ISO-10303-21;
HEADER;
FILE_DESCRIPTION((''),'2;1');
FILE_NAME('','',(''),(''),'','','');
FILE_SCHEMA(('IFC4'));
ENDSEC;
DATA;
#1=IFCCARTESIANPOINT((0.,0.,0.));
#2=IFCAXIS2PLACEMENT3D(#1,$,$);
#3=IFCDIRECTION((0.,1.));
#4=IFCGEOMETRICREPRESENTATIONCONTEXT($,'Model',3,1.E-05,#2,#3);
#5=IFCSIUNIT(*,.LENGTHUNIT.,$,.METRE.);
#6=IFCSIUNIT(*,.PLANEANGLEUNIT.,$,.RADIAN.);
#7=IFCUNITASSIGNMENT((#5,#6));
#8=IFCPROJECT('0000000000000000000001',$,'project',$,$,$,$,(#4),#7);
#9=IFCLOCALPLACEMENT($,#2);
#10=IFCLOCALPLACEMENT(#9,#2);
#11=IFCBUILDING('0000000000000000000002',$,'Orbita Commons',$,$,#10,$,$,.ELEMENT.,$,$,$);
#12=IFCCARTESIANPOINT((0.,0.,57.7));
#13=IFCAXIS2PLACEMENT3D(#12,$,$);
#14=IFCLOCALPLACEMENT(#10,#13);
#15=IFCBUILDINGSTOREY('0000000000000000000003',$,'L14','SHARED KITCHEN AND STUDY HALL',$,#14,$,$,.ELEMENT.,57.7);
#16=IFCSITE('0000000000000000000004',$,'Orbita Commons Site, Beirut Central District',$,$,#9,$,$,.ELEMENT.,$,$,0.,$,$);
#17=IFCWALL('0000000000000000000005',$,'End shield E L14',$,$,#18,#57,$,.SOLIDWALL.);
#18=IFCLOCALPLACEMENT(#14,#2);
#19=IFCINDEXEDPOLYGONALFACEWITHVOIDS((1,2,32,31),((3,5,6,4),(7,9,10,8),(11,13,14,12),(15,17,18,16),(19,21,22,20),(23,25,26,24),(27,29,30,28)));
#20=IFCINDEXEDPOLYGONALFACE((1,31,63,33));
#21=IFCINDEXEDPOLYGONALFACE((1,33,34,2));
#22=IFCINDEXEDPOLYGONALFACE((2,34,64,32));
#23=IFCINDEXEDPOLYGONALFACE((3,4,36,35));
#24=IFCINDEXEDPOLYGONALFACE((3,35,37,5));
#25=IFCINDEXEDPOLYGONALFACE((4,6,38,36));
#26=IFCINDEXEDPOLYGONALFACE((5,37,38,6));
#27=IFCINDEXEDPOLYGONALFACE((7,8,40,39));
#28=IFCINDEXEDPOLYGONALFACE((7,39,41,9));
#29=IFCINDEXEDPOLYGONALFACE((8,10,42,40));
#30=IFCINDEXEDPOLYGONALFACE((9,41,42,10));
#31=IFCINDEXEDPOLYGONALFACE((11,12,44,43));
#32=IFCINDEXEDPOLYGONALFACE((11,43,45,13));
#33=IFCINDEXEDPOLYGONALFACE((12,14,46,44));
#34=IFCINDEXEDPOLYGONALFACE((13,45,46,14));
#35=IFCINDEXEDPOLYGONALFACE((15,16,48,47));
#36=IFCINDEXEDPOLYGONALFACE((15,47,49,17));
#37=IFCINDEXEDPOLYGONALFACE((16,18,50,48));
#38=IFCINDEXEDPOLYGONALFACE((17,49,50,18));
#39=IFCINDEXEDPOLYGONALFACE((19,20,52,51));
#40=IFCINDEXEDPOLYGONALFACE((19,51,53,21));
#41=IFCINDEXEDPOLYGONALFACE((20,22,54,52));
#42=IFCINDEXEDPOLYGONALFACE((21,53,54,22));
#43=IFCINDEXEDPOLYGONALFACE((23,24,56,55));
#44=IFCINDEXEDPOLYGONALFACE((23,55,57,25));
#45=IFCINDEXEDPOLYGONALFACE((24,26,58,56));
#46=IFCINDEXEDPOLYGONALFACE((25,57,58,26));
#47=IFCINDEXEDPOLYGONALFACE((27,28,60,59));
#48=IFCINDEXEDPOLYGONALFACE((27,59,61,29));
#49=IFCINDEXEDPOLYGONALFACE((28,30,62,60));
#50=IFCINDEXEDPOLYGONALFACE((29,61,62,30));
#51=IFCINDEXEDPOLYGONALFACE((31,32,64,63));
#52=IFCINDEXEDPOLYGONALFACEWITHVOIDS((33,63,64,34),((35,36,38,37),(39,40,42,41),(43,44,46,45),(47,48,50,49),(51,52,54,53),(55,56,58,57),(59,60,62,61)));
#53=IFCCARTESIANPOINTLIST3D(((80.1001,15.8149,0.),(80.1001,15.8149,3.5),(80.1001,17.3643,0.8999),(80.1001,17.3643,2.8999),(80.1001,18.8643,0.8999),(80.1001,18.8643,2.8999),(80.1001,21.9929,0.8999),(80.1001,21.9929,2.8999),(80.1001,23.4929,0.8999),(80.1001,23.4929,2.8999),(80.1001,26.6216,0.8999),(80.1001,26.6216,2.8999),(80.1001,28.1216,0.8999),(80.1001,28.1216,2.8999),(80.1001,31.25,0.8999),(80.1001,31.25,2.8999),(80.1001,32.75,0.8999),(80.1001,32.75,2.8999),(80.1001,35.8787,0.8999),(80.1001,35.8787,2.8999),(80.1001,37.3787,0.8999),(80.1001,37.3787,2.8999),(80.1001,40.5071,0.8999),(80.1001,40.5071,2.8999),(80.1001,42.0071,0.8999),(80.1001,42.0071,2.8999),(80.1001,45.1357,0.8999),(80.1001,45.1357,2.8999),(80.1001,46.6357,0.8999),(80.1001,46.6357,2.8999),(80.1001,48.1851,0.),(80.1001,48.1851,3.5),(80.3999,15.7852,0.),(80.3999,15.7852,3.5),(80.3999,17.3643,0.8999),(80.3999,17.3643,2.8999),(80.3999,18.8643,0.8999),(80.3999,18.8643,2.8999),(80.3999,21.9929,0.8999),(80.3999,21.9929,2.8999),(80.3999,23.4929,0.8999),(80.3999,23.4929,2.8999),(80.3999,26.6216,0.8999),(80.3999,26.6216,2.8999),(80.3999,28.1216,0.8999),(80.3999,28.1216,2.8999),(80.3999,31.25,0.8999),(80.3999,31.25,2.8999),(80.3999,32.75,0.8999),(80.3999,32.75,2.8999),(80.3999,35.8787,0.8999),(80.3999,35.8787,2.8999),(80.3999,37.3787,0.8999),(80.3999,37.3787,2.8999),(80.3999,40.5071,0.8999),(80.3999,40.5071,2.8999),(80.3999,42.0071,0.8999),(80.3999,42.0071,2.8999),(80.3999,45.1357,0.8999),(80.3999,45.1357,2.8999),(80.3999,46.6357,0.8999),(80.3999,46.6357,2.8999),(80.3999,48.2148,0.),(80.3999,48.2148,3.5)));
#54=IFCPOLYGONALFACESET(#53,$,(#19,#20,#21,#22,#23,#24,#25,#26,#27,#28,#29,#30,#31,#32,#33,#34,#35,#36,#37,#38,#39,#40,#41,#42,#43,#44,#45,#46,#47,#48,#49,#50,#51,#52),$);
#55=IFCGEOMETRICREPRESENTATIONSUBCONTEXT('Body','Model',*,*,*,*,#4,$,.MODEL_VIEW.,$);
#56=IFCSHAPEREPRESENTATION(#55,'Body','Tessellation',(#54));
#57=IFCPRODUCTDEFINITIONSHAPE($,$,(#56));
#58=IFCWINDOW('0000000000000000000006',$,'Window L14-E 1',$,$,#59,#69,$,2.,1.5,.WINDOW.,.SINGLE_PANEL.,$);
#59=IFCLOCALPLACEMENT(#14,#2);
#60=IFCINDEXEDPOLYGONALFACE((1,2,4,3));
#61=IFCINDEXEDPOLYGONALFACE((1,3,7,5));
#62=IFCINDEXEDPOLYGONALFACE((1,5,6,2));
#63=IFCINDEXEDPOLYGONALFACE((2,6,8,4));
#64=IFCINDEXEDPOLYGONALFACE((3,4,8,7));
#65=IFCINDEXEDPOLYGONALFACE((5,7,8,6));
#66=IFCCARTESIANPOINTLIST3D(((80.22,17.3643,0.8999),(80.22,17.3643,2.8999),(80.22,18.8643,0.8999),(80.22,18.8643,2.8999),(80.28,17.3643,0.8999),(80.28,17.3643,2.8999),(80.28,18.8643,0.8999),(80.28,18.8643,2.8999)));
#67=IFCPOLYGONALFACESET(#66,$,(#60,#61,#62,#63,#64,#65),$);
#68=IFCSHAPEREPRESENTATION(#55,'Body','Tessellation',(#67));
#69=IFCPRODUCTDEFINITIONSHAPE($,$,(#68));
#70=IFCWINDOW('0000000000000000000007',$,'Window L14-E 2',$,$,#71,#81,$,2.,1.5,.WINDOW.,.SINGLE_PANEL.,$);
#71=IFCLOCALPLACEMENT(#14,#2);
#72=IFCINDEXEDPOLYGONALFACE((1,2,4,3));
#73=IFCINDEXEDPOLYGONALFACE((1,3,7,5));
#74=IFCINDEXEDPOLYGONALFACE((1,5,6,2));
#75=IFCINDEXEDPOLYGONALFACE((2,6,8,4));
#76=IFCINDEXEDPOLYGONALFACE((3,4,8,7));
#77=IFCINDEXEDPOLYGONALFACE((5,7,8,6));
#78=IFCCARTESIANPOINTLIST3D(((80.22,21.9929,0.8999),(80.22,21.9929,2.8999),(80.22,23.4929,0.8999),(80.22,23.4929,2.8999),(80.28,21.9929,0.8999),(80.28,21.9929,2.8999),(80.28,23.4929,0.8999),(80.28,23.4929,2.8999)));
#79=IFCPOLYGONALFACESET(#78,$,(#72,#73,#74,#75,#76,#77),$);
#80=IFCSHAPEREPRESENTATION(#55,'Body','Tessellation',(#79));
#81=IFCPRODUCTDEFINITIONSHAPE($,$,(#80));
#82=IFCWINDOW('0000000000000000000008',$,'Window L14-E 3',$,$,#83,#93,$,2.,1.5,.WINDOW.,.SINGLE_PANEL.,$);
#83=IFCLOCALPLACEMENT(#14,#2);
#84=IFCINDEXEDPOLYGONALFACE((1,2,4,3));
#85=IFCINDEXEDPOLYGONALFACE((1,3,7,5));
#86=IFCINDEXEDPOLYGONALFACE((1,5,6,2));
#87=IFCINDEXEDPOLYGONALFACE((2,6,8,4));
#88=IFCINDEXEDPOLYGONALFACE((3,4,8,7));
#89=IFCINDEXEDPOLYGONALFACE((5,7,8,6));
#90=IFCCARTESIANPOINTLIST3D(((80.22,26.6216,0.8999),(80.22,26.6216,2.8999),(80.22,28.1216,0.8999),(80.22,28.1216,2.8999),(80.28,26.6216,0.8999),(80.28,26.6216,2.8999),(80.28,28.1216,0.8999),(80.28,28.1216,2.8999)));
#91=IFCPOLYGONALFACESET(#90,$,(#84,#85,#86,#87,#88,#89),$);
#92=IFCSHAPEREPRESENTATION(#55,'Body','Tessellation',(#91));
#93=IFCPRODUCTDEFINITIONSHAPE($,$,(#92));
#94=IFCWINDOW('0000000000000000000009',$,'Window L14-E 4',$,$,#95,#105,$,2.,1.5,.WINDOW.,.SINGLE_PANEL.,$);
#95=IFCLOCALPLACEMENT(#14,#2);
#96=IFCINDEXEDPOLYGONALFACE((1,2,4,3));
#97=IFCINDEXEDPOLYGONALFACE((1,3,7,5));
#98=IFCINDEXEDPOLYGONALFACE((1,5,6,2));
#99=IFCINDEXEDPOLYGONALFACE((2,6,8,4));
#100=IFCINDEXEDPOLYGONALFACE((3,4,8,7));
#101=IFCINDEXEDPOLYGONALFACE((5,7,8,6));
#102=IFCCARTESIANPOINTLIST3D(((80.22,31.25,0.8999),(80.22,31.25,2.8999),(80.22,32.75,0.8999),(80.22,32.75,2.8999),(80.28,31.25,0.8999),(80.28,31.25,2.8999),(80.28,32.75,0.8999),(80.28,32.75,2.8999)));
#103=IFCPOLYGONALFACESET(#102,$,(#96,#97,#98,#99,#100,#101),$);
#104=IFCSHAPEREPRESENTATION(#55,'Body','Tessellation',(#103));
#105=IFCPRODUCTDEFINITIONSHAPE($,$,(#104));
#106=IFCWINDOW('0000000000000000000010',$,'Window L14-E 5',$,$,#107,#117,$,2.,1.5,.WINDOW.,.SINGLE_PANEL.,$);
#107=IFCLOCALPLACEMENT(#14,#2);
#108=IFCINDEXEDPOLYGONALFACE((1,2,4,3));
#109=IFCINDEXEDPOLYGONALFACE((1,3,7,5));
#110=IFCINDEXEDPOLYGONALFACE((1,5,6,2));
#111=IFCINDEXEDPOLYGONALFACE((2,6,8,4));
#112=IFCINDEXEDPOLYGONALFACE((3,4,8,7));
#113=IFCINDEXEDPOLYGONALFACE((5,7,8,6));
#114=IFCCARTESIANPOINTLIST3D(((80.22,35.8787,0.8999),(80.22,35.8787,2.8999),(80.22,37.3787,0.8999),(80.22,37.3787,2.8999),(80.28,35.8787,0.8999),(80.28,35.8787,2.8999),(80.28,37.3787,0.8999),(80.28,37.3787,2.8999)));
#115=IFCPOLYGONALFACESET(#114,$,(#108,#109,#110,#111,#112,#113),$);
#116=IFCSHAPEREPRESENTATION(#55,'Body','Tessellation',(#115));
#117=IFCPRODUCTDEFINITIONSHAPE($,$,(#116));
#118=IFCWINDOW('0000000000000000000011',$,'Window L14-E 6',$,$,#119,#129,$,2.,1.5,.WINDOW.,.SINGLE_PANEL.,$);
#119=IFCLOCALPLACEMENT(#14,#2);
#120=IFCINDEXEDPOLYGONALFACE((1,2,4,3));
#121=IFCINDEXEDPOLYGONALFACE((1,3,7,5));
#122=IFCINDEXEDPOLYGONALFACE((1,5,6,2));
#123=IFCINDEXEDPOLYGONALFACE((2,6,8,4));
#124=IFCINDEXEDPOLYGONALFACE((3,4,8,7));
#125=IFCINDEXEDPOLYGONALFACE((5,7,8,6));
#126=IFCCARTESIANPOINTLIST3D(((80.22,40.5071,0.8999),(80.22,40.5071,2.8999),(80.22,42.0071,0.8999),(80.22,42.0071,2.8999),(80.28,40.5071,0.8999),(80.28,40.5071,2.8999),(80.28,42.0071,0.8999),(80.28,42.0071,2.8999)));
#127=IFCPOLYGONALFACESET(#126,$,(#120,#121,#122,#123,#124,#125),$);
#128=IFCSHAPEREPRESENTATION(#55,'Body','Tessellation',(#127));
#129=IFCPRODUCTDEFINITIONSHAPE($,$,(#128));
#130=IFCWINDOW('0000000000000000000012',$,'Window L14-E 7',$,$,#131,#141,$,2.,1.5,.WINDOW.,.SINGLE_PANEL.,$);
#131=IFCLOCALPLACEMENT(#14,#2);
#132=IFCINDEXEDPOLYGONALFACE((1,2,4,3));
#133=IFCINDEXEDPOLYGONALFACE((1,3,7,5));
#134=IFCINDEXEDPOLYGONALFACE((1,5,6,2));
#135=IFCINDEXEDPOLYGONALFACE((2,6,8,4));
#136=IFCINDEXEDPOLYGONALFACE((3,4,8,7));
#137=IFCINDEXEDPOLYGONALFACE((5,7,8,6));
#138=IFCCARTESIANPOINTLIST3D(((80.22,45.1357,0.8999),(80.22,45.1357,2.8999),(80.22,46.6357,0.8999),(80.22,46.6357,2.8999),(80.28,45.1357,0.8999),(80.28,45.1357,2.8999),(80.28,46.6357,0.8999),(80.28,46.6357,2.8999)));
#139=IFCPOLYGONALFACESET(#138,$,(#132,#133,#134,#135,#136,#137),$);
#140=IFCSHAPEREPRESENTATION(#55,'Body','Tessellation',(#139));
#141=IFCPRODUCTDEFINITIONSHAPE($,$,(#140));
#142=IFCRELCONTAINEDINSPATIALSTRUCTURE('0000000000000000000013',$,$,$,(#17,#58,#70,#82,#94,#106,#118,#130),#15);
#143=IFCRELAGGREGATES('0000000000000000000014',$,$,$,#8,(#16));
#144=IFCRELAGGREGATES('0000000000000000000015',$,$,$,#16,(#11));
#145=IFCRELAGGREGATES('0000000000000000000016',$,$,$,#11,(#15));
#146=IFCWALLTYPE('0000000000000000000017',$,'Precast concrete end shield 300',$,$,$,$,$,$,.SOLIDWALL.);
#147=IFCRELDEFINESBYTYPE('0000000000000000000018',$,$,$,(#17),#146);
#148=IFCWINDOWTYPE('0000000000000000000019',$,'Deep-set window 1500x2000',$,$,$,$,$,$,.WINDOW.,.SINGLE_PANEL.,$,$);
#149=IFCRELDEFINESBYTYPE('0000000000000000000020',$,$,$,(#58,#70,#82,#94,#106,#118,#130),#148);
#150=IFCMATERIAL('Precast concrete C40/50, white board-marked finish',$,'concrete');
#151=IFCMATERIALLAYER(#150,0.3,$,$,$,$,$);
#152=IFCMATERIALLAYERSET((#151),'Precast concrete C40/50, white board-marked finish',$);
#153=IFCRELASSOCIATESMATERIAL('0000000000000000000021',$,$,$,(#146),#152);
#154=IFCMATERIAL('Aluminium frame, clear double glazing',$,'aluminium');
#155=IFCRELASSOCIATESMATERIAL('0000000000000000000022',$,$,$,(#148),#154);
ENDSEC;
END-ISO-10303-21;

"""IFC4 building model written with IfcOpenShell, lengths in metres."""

from ifc_helpers import new_model, si_unit, direction, frame, frame_2d, origin, place, context, subcontext, project, spatial, polyline, rectangle, outline, extrude, material, layer, layer_set, type_object, element, fill, save


model = new_model("IFC4")

# Units and contexts
model_context = context("Model", 3, precision=1e-05, world=origin(), true_north=direction((0.0, 1.0)))
body_context = subcontext(model_context, "Body", "Model", "MODEL_VIEW")
ifc_project = project(units=[si_unit("LENGTHUNIT", "METRE"), si_unit("PLANEANGLEUNIT", "RADIAN")], contexts=[model_context])

# Site, building, storey
site_placement = place(None, origin())
site = spatial("IfcSite", under=ifc_project, at=site_placement, Name="Orbita Commons Site, Beirut Central District", CompositionType="ELEMENT", RefElevation=0.0)
building_placement = place(site_placement, origin())
building = spatial("IfcBuilding", under=site, at=building_placement, Name="Orbita Commons", CompositionType="ELEMENT")
storey_placement = place(building_placement, frame((0.0, 0.0, 57.7)))
storey = spatial("IfcBuildingStorey", under=building, at=storey_placement, Name="L14", Description="SHARED KITCHEN AND STUDY HALL", CompositionType="ELEMENT", Elevation=57.7)

# Wall, openings, windows
ifc_material_1 = material(Name="Precast concrete C40/50, white board-marked finish", Category="concrete")
ifc_layer_1 = layer(ifc_material_1, 0.3)
ifc_layer_set_1 = layer_set([ifc_layer_1], Name="Precast concrete C40/50, white board-marked finish")
wall_type_1 = type_object("IfcWallType", Name="Precast concrete end shield 300", PredefinedType="SOLIDWALL", material=ifc_layer_set_1)
wall_1_placement = place(storey_placement, frame((80.25, 15.8, 0.0), z_axis=(0.0, 0.0, 1.0), x_axis=(0.0, 1.0, 0.0)))
wall_1 = element("IfcWall", 1, at=wall_1_placement, inside=storey, type_object=wall_type_1, Name="End shield E L14", PredefinedType="SOLIDWALL", context=body_context, shape_type="SweptSolid", body=[
    extrude(outline(polyline([(-0.0149, -0.1499), (32.4148, -0.1499), (32.385, 0.1499), (0.0149, 0.1499), (-0.0149, -0.1499)])), origin(), (0.0, 0.0, 1.0), 3.5),
])
opening_1_placement = place(wall_1_placement, frame((1.5642, 0.0, 0.8999)))
opening_1 = element("IfcOpeningElement", 2, at=opening_1_placement, cuts=wall_1, PredefinedType="OPENING", context=body_context, shape_type="SweptSolid", body=[
    extrude(rectangle(XDim=1.5, YDim=2.0, at=frame_2d((0.75, 1.0))), frame((0.0, 0.1599, 0.0), z_axis=(0.0, -1.0, 0.0), x_axis=(1.0, 0.0, 0.0)), (0.0, 0.0, 1.0), 0.3201),
])
opening_2_placement = place(wall_1_placement, frame((6.1929, 0.0, 0.8999)))
opening_2 = element("IfcOpeningElement", 3, at=opening_2_placement, cuts=wall_1, PredefinedType="OPENING", context=body_context, shape_type="SweptSolid", body=[
    extrude(rectangle(XDim=1.5, YDim=2.0, at=frame_2d((0.75, 1.0))), frame((0.0, 0.1599, 0.0), z_axis=(0.0, -1.0, 0.0), x_axis=(1.0, 0.0, 0.0)), (0.0, 0.0, 1.0), 0.3201),
])
opening_3_placement = place(wall_1_placement, frame((10.8215, 0.0, 0.8999)))
opening_3 = element("IfcOpeningElement", 4, at=opening_3_placement, cuts=wall_1, PredefinedType="OPENING", context=body_context, shape_type="SweptSolid", body=[
    extrude(rectangle(XDim=1.5, YDim=2.0, at=frame_2d((0.75, 1.0))), frame((0.0, 0.1599, 0.0), z_axis=(0.0, -1.0, 0.0), x_axis=(1.0, 0.0, 0.0)), (0.0, 0.0, 1.0), 0.3201),
])
opening_4_placement = place(wall_1_placement, frame((15.45, 0.0, 0.8999)))
opening_4 = element("IfcOpeningElement", 5, at=opening_4_placement, cuts=wall_1, PredefinedType="OPENING", context=body_context, shape_type="SweptSolid", body=[
    extrude(rectangle(XDim=1.5, YDim=2.0, at=frame_2d((0.75, 1.0))), frame((0.0, 0.1599, 0.0), z_axis=(0.0, -1.0, 0.0), x_axis=(1.0, 0.0, 0.0)), (0.0, 0.0, 1.0), 0.3201),
])
opening_5_placement = place(wall_1_placement, frame((20.0786, 0.0, 0.8999)))
opening_5 = element("IfcOpeningElement", 6, at=opening_5_placement, cuts=wall_1, PredefinedType="OPENING", context=body_context, shape_type="SweptSolid", body=[
    extrude(rectangle(XDim=1.5, YDim=2.0, at=frame_2d((0.75, 1.0))), frame((0.0, 0.1599, 0.0), z_axis=(0.0, -1.0, 0.0), x_axis=(1.0, 0.0, 0.0)), (0.0, 0.0, 1.0), 0.3201),
])
opening_6_placement = place(wall_1_placement, frame((24.707, 0.0, 0.8999)))
opening_6 = element("IfcOpeningElement", 7, at=opening_6_placement, cuts=wall_1, PredefinedType="OPENING", context=body_context, shape_type="SweptSolid", body=[
    extrude(rectangle(XDim=1.5, YDim=2.0, at=frame_2d((0.75, 1.0))), frame((0.0, 0.1599, 0.0), z_axis=(0.0, -1.0, 0.0), x_axis=(1.0, 0.0, 0.0)), (0.0, 0.0, 1.0), 0.3201),
])
opening_7_placement = place(wall_1_placement, frame((29.3357, 0.0, 0.8999)))
opening_7 = element("IfcOpeningElement", 8, at=opening_7_placement, cuts=wall_1, PredefinedType="OPENING", context=body_context, shape_type="SweptSolid", body=[
    extrude(rectangle(XDim=1.5, YDim=2.0, at=frame_2d((0.75, 1.0))), frame((0.0, 0.1599, 0.0), z_axis=(0.0, -1.0, 0.0), x_axis=(1.0, 0.0, 0.0)), (0.0, 0.0, 1.0), 0.3201),
])
ifc_material_2 = material(Name="Aluminium frame, clear double glazing", Category="aluminium")
window_type = type_object("IfcWindowType", Name="Deep-set window 1500x2000", PartitioningType="SINGLE_PANEL", PredefinedType="WINDOW", material=ifc_material_2)
window_1_placement = place(opening_1_placement, origin())
window_1 = element("IfcWindow", 9, at=window_1_placement, inside=storey, type_object=window_type, Name="Window L14-E 1", OverallHeight=2.0, OverallWidth=1.5, PartitioningType="SINGLE_PANEL", PredefinedType="WINDOW", context=body_context, shape_type="SweptSolid", body=[
    extrude(rectangle(XDim=1.5, YDim=2.0, at=frame_2d((0.75, 1.0))), frame((0.0, 0.03, 0.0), z_axis=(0.0, -1.0, 0.0), x_axis=(1.0, 0.0, 0.0)), (0.0, 0.0, 1.0), 0.0601),
])
fill(opening_1, window_1)
window_2_placement = place(opening_2_placement, origin())
window_2 = element("IfcWindow", 10, at=window_2_placement, inside=storey, type_object=window_type, Name="Window L14-E 2", OverallHeight=2.0, OverallWidth=1.5, PartitioningType="SINGLE_PANEL", PredefinedType="WINDOW", context=body_context, shape_type="SweptSolid", body=[
    extrude(rectangle(XDim=1.5, YDim=2.0, at=frame_2d((0.75, 1.0))), frame((0.0, 0.03, 0.0), z_axis=(0.0, -1.0, 0.0), x_axis=(1.0, 0.0, 0.0)), (0.0, 0.0, 1.0), 0.0601),
])
fill(opening_2, window_2)
window_3_placement = place(opening_3_placement, origin())
window_3 = element("IfcWindow", 11, at=window_3_placement, inside=storey, type_object=window_type, Name="Window L14-E 3", OverallHeight=2.0, OverallWidth=1.5, PartitioningType="SINGLE_PANEL", PredefinedType="WINDOW", context=body_context, shape_type="SweptSolid", body=[
    extrude(rectangle(XDim=1.5, YDim=2.0, at=frame_2d((0.75, 1.0))), frame((0.0, 0.03, 0.0), z_axis=(0.0, -1.0, 0.0), x_axis=(1.0, 0.0, 0.0)), (0.0, 0.0, 1.0), 0.0601),
])
fill(opening_3, window_3)
window_4_placement = place(opening_4_placement, origin())
window_4 = element("IfcWindow", 12, at=window_4_placement, inside=storey, type_object=window_type, Name="Window L14-E 4", OverallHeight=2.0, OverallWidth=1.5, PartitioningType="SINGLE_PANEL", PredefinedType="WINDOW", context=body_context, shape_type="SweptSolid", body=[
    extrude(rectangle(XDim=1.5, YDim=2.0, at=frame_2d((0.75, 1.0))), frame((0.0, 0.03, 0.0), z_axis=(0.0, -1.0, 0.0), x_axis=(1.0, 0.0, 0.0)), (0.0, 0.0, 1.0), 0.0601),
])
fill(opening_4, window_4)
window_5_placement = place(opening_5_placement, origin())
window_5 = element("IfcWindow", 13, at=window_5_placement, inside=storey, type_object=window_type, Name="Window L14-E 5", OverallHeight=2.0, OverallWidth=1.5, PartitioningType="SINGLE_PANEL", PredefinedType="WINDOW", context=body_context, shape_type="SweptSolid", body=[
    extrude(rectangle(XDim=1.5, YDim=2.0, at=frame_2d((0.75, 1.0))), frame((0.0, 0.03, 0.0), z_axis=(0.0, -1.0, 0.0), x_axis=(1.0, 0.0, 0.0)), (0.0, 0.0, 1.0), 0.0601),
])
fill(opening_5, window_5)
window_6_placement = place(opening_6_placement, origin())
window_6 = element("IfcWindow", 14, at=window_6_placement, inside=storey, type_object=window_type, Name="Window L14-E 6", OverallHeight=2.0, OverallWidth=1.5, PartitioningType="SINGLE_PANEL", PredefinedType="WINDOW", context=body_context, shape_type="SweptSolid", body=[
    extrude(rectangle(XDim=1.5, YDim=2.0, at=frame_2d((0.75, 1.0))), frame((0.0, 0.03, 0.0), z_axis=(0.0, -1.0, 0.0), x_axis=(1.0, 0.0, 0.0)), (0.0, 0.0, 1.0), 0.0601),
])
fill(opening_6, window_6)
window_7_placement = place(opening_7_placement, origin())
window_7 = element("IfcWindow", 15, at=window_7_placement, inside=storey, type_object=window_type, Name="Window L14-E 7", OverallHeight=2.0, OverallWidth=1.5, PartitioningType="SINGLE_PANEL", PredefinedType="WINDOW", context=body_context, shape_type="SweptSolid", body=[
    extrude(rectangle(XDim=1.5, YDim=2.0, at=frame_2d((0.75, 1.0))), frame((0.0, 0.03, 0.0), z_axis=(0.0, -1.0, 0.0), x_axis=(1.0, 0.0, 0.0)), (0.0, 0.0, 1.0), 0.0601),
])
fill(opening_7, window_7)

save(model, "model.ifc")
